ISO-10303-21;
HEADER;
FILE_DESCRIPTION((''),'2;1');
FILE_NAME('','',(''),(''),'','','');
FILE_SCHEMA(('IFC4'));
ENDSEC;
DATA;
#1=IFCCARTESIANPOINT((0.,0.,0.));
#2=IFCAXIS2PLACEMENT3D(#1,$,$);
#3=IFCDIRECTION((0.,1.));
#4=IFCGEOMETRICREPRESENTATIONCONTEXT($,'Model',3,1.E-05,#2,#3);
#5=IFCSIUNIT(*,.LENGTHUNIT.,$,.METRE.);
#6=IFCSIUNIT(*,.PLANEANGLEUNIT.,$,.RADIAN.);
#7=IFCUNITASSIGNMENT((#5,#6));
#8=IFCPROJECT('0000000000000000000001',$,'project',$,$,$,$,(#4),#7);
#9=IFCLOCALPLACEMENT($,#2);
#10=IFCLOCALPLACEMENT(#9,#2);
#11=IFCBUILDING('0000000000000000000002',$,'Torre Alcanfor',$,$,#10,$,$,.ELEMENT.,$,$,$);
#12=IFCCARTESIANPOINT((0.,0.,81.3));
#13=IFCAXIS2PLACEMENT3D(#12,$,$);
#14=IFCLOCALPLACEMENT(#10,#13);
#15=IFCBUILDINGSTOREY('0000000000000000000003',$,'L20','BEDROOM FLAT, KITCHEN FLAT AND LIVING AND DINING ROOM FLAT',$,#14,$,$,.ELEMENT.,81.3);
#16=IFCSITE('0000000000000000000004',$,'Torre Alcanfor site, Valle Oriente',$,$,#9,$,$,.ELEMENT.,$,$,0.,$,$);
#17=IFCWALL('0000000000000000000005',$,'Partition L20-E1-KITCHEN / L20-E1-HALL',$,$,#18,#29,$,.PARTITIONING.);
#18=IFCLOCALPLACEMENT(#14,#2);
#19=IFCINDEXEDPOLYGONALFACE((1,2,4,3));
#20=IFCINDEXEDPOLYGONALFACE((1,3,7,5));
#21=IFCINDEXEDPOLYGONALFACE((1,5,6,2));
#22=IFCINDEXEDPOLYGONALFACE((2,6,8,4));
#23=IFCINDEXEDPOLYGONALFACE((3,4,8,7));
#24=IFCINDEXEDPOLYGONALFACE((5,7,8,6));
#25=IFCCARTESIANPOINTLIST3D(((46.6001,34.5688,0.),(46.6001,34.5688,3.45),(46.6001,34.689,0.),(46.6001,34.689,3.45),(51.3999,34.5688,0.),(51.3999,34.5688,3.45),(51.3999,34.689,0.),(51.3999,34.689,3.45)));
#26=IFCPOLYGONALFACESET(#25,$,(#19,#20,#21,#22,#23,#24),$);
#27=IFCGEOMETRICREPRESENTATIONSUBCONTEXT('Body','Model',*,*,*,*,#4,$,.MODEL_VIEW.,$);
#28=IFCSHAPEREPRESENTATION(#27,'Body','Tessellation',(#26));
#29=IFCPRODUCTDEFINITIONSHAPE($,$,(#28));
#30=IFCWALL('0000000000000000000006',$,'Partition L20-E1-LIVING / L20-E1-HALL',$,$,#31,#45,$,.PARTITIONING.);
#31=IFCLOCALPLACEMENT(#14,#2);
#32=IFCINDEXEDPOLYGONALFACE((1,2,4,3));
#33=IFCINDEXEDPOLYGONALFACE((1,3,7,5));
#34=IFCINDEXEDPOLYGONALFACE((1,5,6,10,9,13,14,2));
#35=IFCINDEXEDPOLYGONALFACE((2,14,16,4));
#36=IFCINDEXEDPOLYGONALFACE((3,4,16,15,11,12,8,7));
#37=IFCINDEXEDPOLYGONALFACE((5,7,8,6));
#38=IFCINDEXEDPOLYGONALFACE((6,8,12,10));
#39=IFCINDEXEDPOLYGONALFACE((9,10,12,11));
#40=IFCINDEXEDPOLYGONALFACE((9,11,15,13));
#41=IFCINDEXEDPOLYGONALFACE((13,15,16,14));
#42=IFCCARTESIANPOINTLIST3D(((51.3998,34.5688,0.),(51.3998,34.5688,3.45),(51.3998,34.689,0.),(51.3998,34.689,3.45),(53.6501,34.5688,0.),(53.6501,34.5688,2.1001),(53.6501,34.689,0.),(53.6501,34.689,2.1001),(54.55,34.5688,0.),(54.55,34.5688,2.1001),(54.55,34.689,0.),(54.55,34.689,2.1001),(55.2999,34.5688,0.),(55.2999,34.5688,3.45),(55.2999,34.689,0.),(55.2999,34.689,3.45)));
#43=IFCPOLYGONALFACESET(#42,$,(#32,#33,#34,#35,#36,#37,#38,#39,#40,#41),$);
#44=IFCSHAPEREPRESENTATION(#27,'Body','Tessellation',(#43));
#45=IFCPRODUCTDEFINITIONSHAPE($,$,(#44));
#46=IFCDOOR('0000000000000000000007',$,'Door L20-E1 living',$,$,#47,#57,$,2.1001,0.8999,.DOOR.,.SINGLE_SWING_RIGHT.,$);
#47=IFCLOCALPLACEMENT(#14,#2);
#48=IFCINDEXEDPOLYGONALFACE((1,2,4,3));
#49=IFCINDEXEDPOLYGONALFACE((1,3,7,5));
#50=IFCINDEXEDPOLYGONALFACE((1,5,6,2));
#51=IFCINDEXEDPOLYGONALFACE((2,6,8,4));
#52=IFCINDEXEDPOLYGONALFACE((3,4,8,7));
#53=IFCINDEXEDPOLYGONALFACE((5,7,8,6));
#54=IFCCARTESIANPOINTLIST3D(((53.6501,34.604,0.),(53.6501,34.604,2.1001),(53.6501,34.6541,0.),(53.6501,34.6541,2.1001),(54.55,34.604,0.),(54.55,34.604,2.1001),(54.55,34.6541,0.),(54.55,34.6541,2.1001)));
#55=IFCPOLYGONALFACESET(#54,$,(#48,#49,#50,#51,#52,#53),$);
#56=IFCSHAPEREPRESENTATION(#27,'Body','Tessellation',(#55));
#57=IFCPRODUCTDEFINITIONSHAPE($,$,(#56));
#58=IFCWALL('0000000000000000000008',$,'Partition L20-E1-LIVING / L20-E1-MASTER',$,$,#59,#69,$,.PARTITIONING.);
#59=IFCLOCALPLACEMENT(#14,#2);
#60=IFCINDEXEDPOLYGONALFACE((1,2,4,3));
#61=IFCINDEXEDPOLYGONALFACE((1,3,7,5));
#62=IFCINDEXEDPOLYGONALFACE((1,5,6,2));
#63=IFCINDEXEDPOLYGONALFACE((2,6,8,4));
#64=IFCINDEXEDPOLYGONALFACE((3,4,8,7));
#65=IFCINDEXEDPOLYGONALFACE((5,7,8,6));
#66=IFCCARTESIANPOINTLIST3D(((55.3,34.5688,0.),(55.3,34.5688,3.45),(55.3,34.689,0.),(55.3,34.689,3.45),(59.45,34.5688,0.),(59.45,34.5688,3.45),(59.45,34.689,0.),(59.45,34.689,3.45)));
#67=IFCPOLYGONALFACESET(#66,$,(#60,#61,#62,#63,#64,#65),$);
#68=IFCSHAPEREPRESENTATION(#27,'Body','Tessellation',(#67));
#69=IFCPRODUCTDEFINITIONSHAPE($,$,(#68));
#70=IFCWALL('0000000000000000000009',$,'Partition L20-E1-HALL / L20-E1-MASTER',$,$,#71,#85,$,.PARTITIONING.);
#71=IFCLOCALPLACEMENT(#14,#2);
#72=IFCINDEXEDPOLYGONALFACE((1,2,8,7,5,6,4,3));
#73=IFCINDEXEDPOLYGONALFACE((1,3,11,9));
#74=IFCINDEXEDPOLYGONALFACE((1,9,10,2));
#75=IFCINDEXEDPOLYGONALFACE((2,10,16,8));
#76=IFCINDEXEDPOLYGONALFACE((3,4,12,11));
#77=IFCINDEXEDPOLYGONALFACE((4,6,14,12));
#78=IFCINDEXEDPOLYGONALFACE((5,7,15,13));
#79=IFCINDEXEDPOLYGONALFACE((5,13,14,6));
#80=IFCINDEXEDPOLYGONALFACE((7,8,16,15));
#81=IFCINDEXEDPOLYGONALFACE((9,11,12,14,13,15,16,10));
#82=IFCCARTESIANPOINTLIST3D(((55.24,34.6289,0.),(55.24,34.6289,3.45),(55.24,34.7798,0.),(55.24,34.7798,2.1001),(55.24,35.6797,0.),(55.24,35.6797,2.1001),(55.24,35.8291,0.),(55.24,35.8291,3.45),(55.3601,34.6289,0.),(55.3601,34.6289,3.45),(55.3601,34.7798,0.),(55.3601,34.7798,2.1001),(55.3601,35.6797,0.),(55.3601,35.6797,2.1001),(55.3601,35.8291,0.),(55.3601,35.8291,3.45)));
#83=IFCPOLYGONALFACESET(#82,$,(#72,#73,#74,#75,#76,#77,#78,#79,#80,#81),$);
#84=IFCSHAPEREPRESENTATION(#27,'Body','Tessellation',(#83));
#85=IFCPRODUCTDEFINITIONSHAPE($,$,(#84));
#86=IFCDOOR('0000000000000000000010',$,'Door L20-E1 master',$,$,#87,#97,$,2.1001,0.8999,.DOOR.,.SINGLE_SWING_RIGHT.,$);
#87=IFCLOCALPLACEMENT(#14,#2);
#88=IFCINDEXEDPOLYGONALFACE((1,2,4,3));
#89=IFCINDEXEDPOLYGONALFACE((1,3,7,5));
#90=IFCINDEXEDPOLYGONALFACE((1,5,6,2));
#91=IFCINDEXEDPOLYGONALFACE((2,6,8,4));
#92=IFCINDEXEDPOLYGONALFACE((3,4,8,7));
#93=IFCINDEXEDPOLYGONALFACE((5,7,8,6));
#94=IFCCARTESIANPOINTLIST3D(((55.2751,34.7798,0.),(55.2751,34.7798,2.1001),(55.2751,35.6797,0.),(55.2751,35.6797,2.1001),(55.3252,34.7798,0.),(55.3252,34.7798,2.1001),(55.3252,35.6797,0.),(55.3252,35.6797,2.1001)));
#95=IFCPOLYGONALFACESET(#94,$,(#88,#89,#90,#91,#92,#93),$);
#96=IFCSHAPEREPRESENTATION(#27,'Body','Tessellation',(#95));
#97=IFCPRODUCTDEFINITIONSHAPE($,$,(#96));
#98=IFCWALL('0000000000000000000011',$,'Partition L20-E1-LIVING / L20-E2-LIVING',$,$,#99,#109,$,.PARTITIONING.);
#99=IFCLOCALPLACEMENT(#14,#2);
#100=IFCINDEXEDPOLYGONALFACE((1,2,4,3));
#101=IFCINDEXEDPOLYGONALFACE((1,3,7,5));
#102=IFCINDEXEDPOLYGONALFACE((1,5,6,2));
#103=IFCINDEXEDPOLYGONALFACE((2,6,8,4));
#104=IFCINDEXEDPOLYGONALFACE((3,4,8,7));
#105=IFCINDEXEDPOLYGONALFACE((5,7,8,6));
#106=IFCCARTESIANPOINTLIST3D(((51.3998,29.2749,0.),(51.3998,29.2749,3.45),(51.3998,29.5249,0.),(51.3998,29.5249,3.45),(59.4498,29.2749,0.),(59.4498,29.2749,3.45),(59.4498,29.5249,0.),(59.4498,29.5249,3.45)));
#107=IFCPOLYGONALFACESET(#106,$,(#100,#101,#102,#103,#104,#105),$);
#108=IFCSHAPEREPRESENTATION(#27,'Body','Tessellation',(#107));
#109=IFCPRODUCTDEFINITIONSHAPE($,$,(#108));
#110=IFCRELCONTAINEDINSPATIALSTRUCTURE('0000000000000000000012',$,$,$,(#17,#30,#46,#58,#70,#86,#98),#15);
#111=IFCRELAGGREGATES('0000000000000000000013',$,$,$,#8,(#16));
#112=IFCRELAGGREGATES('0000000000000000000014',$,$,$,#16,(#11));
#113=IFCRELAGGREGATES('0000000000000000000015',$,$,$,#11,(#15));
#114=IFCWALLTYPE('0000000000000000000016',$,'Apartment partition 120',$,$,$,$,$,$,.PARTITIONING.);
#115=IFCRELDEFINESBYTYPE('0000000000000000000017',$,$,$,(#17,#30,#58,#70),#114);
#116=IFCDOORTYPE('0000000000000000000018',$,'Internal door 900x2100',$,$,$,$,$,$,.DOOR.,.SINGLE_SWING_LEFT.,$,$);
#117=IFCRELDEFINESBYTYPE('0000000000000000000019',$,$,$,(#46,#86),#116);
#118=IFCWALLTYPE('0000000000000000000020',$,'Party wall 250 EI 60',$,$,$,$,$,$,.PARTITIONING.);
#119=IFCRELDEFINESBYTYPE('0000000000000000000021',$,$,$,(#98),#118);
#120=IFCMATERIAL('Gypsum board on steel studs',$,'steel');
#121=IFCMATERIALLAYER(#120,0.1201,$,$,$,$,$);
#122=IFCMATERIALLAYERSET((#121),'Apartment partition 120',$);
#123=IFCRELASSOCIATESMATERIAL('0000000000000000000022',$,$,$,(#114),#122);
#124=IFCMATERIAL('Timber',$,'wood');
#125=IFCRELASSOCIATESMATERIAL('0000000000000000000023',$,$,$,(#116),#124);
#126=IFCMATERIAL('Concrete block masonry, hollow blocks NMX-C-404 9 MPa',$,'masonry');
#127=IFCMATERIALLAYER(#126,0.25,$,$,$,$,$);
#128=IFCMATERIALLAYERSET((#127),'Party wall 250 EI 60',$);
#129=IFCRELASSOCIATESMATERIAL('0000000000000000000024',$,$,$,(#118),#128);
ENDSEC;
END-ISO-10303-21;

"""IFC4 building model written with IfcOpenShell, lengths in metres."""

from ifc_helpers import new_model, si_unit, direction, frame, frame_2d, origin, place, context, subcontext, project, spatial, rectangle, extrude, material, layer, layer_set, type_object, element, fill, save


model = new_model("IFC4")

# Units and contexts
model_context = context("Model", 3, precision=1e-05, world=origin(), true_north=direction((0.0, 1.0)))
body_context = subcontext(model_context, "Body", "Model", "MODEL_VIEW")
ifc_project = project(units=[si_unit("LENGTHUNIT", "METRE"), si_unit("PLANEANGLEUNIT", "RADIAN")], contexts=[model_context])

# Site, building, storey
site_placement = place(None, origin())
site = spatial("IfcSite", under=ifc_project, at=site_placement, Name="Torre Alcanfor site, Valle Oriente", CompositionType="ELEMENT", RefElevation=0.0)
building_placement = place(site_placement, origin())
building = spatial("IfcBuilding", under=site, at=building_placement, Name="Torre Alcanfor", CompositionType="ELEMENT")
storey_placement = place(building_placement, frame((0.0, 0.0, 81.3)))
storey = spatial("IfcBuildingStorey", under=building, at=storey_placement, Name="L20", Description="BEDROOM FLAT, KITCHEN FLAT AND LIVING AND DINING ROOM FLAT", CompositionType="ELEMENT", Elevation=81.3)

# Wall
ifc_material_1 = material(Name="Gypsum board on steel studs", Category="steel")
ifc_layer_1 = layer(ifc_material_1, 0.1201)
ifc_layer_set_1 = layer_set([ifc_layer_1], Name="Apartment partition 120")
wall_type_1 = type_object("IfcWallType", Name="Apartment partition 120", PredefinedType="PARTITIONING", material=ifc_layer_set_1)
wall_1_placement = place(storey_placement, frame((51.3999, 34.6289, 0.0), z_axis=(0.0, 0.0, 1.0), x_axis=(-1.0, 0.0, 0.0)))
element("IfcWall", 1, at=wall_1_placement, inside=storey, type_object=wall_type_1, Name="Partition L20-E1-KITCHEN / L20-E1-HALL", PredefinedType="PARTITIONING", context=body_context, shape_type="SweptSolid", body=[
    extrude(rectangle(XDim=4.7998, YDim=0.1201, at=frame_2d((2.3999, 0.0))), origin(), (0.0, 0.0, 1.0), 3.45),
])

# Wall, opening, door
wall_2_placement = place(storey_placement, frame((55.3, 34.6289, 0.0), z_axis=(0.0, 0.0, 1.0), x_axis=(-1.0, 0.0, 0.0)))
wall_2 = element("IfcWall", 2, at=wall_2_placement, inside=storey, type_object=wall_type_1, Name="Partition L20-E1-LIVING / L20-E1-HALL", PredefinedType="PARTITIONING", context=body_context, shape_type="SweptSolid", body=[
    extrude(rectangle(XDim=3.9001, YDim=0.1201, at=frame_2d((1.9502, 0.0))), origin(), (0.0, 0.0, 1.0), 3.45),
])
opening_1_placement = place(wall_2_placement, frame((0.75, 0.0, 0.0)))
opening_1 = element("IfcOpeningElement", 3, at=opening_1_placement, cuts=wall_2, PredefinedType="OPENING", context=body_context, shape_type="SweptSolid", body=[
    extrude(rectangle(XDim=0.8999, YDim=2.1001, at=frame_2d((0.45, 1.05))), frame((0.0, 0.0701, 0.0), z_axis=(0.0, -1.0, 0.0), x_axis=(1.0, 0.0, 0.0)), (0.0, 0.0, 1.0), 0.1401),
])
ifc_material_2 = material(Name="Timber", Category="wood")
door_type = type_object("IfcDoorType", Name="Internal door 900x2100", OperationType="SINGLE_SWING_LEFT", PredefinedType="DOOR", material=ifc_material_2)
door_1_placement = place(opening_1_placement, origin())
door_1 = element("IfcDoor", 4, at=door_1_placement, inside=storey, type_object=door_type, Name="Door L20-E1 living", OperationType="SINGLE_SWING_RIGHT", OverallHeight=2.1001, OverallWidth=0.8999, PredefinedType="DOOR", context=body_context, shape_type="SweptSolid", body=[
    extrude(rectangle(XDim=0.8999, YDim=2.1001, at=frame_2d((0.45, 1.05))), frame((0.0, 0.0249, 0.0), z_axis=(0.0, -1.0, 0.0), x_axis=(1.0, 0.0, 0.0)), (0.0, 0.0, 1.0), 0.05),
])
fill(opening_1, door_1)

# Wall
wall_3_placement = place(storey_placement, frame((59.45, 34.6289, 0.0), z_axis=(0.0, 0.0, 1.0), x_axis=(-1.0, 0.0, 0.0)))
element("IfcWall", 5, at=wall_3_placement, inside=storey, type_object=wall_type_1, Name="Partition L20-E1-LIVING / L20-E1-MASTER", PredefinedType="PARTITIONING", context=body_context, shape_type="SweptSolid", body=[
    extrude(rectangle(XDim=4.1499, YDim=0.1201, at=frame_2d((2.075, 0.0))), origin(), (0.0, 0.0, 1.0), 3.45),
])

# Wall, opening, door
wall_4_placement = place(storey_placement, frame((55.3, 34.6289, 0.0), z_axis=(0.0, 0.0, 1.0), x_axis=(0.0, 1.0, 0.0)))
wall_4 = element("IfcWall", 6, at=wall_4_placement, inside=storey, type_object=wall_type_1, Name="Partition L20-E1-HALL / L20-E1-MASTER", PredefinedType="PARTITIONING", context=body_context, shape_type="SweptSolid", body=[
    extrude(rectangle(XDim=1.2002, YDim=0.1201, at=frame_2d((0.6001, 0.0))), origin(), (0.0, 0.0, 1.0), 3.45),
])
opening_2_placement = place(wall_4_placement, frame((0.1509, 0.0, 0.0)))
opening_2 = element("IfcOpeningElement", 7, at=opening_2_placement, cuts=wall_4, PredefinedType="OPENING", context=body_context, shape_type="SweptSolid", body=[
    extrude(rectangle(XDim=0.8999, YDim=2.1001, at=frame_2d((0.45, 1.05))), frame((0.0, 0.0701, 0.0), z_axis=(0.0, -1.0, 0.0), x_axis=(1.0, 0.0, 0.0)), (0.0, 0.0, 1.0), 0.1401),
])
door_2_placement = place(opening_2_placement, frame((0.8999, 0.0, 0.0), z_axis=(0.0, 0.0, 1.0), x_axis=(-1.0, 0.0, 0.0)))
door_2 = element("IfcDoor", 8, at=door_2_placement, inside=storey, type_object=door_type, Name="Door L20-E1 master", OperationType="SINGLE_SWING_RIGHT", OverallHeight=2.1001, OverallWidth=0.8999, PredefinedType="DOOR", context=body_context, shape_type="SweptSolid", body=[
    extrude(rectangle(XDim=0.8999, YDim=2.1001, at=frame_2d((0.45, 1.05))), frame((0.0, 0.0251, 0.0), z_axis=(0.0, -1.0, 0.0), x_axis=(1.0, 0.0, 0.0)), (0.0, 0.0, 1.0), 0.05),
])
fill(opening_2, door_2)

# Wall
ifc_material_3 = material(Name="Concrete block masonry, hollow blocks NMX-C-404 9 MPa", Category="masonry")
ifc_layer_2 = layer(ifc_material_3, 0.25)
ifc_layer_set_2 = layer_set([ifc_layer_2], Name="Party wall 250 EI 60")
wall_type_2 = type_object("IfcWallType", Name="Party wall 250 EI 60", PredefinedType="PARTITIONING", material=ifc_layer_set_2)
wall_5_placement = place(storey_placement, frame((51.3999, 29.3999, 0.0), z_axis=(0.0, 0.0, 1.0), x_axis=(1.0, 0.0, 0.0)))
element("IfcWall", 9, at=wall_5_placement, inside=storey, type_object=wall_type_2, Name="Partition L20-E1-LIVING / L20-E2-LIVING", PredefinedType="PARTITIONING", context=body_context, shape_type="SweptSolid", body=[
    extrude(rectangle(XDim=8.05, YDim=0.25, at=frame_2d((4.0249, 0.0))), origin(), (0.0, 0.0, 1.0), 3.45),
])

save(model, "model.ifc")
